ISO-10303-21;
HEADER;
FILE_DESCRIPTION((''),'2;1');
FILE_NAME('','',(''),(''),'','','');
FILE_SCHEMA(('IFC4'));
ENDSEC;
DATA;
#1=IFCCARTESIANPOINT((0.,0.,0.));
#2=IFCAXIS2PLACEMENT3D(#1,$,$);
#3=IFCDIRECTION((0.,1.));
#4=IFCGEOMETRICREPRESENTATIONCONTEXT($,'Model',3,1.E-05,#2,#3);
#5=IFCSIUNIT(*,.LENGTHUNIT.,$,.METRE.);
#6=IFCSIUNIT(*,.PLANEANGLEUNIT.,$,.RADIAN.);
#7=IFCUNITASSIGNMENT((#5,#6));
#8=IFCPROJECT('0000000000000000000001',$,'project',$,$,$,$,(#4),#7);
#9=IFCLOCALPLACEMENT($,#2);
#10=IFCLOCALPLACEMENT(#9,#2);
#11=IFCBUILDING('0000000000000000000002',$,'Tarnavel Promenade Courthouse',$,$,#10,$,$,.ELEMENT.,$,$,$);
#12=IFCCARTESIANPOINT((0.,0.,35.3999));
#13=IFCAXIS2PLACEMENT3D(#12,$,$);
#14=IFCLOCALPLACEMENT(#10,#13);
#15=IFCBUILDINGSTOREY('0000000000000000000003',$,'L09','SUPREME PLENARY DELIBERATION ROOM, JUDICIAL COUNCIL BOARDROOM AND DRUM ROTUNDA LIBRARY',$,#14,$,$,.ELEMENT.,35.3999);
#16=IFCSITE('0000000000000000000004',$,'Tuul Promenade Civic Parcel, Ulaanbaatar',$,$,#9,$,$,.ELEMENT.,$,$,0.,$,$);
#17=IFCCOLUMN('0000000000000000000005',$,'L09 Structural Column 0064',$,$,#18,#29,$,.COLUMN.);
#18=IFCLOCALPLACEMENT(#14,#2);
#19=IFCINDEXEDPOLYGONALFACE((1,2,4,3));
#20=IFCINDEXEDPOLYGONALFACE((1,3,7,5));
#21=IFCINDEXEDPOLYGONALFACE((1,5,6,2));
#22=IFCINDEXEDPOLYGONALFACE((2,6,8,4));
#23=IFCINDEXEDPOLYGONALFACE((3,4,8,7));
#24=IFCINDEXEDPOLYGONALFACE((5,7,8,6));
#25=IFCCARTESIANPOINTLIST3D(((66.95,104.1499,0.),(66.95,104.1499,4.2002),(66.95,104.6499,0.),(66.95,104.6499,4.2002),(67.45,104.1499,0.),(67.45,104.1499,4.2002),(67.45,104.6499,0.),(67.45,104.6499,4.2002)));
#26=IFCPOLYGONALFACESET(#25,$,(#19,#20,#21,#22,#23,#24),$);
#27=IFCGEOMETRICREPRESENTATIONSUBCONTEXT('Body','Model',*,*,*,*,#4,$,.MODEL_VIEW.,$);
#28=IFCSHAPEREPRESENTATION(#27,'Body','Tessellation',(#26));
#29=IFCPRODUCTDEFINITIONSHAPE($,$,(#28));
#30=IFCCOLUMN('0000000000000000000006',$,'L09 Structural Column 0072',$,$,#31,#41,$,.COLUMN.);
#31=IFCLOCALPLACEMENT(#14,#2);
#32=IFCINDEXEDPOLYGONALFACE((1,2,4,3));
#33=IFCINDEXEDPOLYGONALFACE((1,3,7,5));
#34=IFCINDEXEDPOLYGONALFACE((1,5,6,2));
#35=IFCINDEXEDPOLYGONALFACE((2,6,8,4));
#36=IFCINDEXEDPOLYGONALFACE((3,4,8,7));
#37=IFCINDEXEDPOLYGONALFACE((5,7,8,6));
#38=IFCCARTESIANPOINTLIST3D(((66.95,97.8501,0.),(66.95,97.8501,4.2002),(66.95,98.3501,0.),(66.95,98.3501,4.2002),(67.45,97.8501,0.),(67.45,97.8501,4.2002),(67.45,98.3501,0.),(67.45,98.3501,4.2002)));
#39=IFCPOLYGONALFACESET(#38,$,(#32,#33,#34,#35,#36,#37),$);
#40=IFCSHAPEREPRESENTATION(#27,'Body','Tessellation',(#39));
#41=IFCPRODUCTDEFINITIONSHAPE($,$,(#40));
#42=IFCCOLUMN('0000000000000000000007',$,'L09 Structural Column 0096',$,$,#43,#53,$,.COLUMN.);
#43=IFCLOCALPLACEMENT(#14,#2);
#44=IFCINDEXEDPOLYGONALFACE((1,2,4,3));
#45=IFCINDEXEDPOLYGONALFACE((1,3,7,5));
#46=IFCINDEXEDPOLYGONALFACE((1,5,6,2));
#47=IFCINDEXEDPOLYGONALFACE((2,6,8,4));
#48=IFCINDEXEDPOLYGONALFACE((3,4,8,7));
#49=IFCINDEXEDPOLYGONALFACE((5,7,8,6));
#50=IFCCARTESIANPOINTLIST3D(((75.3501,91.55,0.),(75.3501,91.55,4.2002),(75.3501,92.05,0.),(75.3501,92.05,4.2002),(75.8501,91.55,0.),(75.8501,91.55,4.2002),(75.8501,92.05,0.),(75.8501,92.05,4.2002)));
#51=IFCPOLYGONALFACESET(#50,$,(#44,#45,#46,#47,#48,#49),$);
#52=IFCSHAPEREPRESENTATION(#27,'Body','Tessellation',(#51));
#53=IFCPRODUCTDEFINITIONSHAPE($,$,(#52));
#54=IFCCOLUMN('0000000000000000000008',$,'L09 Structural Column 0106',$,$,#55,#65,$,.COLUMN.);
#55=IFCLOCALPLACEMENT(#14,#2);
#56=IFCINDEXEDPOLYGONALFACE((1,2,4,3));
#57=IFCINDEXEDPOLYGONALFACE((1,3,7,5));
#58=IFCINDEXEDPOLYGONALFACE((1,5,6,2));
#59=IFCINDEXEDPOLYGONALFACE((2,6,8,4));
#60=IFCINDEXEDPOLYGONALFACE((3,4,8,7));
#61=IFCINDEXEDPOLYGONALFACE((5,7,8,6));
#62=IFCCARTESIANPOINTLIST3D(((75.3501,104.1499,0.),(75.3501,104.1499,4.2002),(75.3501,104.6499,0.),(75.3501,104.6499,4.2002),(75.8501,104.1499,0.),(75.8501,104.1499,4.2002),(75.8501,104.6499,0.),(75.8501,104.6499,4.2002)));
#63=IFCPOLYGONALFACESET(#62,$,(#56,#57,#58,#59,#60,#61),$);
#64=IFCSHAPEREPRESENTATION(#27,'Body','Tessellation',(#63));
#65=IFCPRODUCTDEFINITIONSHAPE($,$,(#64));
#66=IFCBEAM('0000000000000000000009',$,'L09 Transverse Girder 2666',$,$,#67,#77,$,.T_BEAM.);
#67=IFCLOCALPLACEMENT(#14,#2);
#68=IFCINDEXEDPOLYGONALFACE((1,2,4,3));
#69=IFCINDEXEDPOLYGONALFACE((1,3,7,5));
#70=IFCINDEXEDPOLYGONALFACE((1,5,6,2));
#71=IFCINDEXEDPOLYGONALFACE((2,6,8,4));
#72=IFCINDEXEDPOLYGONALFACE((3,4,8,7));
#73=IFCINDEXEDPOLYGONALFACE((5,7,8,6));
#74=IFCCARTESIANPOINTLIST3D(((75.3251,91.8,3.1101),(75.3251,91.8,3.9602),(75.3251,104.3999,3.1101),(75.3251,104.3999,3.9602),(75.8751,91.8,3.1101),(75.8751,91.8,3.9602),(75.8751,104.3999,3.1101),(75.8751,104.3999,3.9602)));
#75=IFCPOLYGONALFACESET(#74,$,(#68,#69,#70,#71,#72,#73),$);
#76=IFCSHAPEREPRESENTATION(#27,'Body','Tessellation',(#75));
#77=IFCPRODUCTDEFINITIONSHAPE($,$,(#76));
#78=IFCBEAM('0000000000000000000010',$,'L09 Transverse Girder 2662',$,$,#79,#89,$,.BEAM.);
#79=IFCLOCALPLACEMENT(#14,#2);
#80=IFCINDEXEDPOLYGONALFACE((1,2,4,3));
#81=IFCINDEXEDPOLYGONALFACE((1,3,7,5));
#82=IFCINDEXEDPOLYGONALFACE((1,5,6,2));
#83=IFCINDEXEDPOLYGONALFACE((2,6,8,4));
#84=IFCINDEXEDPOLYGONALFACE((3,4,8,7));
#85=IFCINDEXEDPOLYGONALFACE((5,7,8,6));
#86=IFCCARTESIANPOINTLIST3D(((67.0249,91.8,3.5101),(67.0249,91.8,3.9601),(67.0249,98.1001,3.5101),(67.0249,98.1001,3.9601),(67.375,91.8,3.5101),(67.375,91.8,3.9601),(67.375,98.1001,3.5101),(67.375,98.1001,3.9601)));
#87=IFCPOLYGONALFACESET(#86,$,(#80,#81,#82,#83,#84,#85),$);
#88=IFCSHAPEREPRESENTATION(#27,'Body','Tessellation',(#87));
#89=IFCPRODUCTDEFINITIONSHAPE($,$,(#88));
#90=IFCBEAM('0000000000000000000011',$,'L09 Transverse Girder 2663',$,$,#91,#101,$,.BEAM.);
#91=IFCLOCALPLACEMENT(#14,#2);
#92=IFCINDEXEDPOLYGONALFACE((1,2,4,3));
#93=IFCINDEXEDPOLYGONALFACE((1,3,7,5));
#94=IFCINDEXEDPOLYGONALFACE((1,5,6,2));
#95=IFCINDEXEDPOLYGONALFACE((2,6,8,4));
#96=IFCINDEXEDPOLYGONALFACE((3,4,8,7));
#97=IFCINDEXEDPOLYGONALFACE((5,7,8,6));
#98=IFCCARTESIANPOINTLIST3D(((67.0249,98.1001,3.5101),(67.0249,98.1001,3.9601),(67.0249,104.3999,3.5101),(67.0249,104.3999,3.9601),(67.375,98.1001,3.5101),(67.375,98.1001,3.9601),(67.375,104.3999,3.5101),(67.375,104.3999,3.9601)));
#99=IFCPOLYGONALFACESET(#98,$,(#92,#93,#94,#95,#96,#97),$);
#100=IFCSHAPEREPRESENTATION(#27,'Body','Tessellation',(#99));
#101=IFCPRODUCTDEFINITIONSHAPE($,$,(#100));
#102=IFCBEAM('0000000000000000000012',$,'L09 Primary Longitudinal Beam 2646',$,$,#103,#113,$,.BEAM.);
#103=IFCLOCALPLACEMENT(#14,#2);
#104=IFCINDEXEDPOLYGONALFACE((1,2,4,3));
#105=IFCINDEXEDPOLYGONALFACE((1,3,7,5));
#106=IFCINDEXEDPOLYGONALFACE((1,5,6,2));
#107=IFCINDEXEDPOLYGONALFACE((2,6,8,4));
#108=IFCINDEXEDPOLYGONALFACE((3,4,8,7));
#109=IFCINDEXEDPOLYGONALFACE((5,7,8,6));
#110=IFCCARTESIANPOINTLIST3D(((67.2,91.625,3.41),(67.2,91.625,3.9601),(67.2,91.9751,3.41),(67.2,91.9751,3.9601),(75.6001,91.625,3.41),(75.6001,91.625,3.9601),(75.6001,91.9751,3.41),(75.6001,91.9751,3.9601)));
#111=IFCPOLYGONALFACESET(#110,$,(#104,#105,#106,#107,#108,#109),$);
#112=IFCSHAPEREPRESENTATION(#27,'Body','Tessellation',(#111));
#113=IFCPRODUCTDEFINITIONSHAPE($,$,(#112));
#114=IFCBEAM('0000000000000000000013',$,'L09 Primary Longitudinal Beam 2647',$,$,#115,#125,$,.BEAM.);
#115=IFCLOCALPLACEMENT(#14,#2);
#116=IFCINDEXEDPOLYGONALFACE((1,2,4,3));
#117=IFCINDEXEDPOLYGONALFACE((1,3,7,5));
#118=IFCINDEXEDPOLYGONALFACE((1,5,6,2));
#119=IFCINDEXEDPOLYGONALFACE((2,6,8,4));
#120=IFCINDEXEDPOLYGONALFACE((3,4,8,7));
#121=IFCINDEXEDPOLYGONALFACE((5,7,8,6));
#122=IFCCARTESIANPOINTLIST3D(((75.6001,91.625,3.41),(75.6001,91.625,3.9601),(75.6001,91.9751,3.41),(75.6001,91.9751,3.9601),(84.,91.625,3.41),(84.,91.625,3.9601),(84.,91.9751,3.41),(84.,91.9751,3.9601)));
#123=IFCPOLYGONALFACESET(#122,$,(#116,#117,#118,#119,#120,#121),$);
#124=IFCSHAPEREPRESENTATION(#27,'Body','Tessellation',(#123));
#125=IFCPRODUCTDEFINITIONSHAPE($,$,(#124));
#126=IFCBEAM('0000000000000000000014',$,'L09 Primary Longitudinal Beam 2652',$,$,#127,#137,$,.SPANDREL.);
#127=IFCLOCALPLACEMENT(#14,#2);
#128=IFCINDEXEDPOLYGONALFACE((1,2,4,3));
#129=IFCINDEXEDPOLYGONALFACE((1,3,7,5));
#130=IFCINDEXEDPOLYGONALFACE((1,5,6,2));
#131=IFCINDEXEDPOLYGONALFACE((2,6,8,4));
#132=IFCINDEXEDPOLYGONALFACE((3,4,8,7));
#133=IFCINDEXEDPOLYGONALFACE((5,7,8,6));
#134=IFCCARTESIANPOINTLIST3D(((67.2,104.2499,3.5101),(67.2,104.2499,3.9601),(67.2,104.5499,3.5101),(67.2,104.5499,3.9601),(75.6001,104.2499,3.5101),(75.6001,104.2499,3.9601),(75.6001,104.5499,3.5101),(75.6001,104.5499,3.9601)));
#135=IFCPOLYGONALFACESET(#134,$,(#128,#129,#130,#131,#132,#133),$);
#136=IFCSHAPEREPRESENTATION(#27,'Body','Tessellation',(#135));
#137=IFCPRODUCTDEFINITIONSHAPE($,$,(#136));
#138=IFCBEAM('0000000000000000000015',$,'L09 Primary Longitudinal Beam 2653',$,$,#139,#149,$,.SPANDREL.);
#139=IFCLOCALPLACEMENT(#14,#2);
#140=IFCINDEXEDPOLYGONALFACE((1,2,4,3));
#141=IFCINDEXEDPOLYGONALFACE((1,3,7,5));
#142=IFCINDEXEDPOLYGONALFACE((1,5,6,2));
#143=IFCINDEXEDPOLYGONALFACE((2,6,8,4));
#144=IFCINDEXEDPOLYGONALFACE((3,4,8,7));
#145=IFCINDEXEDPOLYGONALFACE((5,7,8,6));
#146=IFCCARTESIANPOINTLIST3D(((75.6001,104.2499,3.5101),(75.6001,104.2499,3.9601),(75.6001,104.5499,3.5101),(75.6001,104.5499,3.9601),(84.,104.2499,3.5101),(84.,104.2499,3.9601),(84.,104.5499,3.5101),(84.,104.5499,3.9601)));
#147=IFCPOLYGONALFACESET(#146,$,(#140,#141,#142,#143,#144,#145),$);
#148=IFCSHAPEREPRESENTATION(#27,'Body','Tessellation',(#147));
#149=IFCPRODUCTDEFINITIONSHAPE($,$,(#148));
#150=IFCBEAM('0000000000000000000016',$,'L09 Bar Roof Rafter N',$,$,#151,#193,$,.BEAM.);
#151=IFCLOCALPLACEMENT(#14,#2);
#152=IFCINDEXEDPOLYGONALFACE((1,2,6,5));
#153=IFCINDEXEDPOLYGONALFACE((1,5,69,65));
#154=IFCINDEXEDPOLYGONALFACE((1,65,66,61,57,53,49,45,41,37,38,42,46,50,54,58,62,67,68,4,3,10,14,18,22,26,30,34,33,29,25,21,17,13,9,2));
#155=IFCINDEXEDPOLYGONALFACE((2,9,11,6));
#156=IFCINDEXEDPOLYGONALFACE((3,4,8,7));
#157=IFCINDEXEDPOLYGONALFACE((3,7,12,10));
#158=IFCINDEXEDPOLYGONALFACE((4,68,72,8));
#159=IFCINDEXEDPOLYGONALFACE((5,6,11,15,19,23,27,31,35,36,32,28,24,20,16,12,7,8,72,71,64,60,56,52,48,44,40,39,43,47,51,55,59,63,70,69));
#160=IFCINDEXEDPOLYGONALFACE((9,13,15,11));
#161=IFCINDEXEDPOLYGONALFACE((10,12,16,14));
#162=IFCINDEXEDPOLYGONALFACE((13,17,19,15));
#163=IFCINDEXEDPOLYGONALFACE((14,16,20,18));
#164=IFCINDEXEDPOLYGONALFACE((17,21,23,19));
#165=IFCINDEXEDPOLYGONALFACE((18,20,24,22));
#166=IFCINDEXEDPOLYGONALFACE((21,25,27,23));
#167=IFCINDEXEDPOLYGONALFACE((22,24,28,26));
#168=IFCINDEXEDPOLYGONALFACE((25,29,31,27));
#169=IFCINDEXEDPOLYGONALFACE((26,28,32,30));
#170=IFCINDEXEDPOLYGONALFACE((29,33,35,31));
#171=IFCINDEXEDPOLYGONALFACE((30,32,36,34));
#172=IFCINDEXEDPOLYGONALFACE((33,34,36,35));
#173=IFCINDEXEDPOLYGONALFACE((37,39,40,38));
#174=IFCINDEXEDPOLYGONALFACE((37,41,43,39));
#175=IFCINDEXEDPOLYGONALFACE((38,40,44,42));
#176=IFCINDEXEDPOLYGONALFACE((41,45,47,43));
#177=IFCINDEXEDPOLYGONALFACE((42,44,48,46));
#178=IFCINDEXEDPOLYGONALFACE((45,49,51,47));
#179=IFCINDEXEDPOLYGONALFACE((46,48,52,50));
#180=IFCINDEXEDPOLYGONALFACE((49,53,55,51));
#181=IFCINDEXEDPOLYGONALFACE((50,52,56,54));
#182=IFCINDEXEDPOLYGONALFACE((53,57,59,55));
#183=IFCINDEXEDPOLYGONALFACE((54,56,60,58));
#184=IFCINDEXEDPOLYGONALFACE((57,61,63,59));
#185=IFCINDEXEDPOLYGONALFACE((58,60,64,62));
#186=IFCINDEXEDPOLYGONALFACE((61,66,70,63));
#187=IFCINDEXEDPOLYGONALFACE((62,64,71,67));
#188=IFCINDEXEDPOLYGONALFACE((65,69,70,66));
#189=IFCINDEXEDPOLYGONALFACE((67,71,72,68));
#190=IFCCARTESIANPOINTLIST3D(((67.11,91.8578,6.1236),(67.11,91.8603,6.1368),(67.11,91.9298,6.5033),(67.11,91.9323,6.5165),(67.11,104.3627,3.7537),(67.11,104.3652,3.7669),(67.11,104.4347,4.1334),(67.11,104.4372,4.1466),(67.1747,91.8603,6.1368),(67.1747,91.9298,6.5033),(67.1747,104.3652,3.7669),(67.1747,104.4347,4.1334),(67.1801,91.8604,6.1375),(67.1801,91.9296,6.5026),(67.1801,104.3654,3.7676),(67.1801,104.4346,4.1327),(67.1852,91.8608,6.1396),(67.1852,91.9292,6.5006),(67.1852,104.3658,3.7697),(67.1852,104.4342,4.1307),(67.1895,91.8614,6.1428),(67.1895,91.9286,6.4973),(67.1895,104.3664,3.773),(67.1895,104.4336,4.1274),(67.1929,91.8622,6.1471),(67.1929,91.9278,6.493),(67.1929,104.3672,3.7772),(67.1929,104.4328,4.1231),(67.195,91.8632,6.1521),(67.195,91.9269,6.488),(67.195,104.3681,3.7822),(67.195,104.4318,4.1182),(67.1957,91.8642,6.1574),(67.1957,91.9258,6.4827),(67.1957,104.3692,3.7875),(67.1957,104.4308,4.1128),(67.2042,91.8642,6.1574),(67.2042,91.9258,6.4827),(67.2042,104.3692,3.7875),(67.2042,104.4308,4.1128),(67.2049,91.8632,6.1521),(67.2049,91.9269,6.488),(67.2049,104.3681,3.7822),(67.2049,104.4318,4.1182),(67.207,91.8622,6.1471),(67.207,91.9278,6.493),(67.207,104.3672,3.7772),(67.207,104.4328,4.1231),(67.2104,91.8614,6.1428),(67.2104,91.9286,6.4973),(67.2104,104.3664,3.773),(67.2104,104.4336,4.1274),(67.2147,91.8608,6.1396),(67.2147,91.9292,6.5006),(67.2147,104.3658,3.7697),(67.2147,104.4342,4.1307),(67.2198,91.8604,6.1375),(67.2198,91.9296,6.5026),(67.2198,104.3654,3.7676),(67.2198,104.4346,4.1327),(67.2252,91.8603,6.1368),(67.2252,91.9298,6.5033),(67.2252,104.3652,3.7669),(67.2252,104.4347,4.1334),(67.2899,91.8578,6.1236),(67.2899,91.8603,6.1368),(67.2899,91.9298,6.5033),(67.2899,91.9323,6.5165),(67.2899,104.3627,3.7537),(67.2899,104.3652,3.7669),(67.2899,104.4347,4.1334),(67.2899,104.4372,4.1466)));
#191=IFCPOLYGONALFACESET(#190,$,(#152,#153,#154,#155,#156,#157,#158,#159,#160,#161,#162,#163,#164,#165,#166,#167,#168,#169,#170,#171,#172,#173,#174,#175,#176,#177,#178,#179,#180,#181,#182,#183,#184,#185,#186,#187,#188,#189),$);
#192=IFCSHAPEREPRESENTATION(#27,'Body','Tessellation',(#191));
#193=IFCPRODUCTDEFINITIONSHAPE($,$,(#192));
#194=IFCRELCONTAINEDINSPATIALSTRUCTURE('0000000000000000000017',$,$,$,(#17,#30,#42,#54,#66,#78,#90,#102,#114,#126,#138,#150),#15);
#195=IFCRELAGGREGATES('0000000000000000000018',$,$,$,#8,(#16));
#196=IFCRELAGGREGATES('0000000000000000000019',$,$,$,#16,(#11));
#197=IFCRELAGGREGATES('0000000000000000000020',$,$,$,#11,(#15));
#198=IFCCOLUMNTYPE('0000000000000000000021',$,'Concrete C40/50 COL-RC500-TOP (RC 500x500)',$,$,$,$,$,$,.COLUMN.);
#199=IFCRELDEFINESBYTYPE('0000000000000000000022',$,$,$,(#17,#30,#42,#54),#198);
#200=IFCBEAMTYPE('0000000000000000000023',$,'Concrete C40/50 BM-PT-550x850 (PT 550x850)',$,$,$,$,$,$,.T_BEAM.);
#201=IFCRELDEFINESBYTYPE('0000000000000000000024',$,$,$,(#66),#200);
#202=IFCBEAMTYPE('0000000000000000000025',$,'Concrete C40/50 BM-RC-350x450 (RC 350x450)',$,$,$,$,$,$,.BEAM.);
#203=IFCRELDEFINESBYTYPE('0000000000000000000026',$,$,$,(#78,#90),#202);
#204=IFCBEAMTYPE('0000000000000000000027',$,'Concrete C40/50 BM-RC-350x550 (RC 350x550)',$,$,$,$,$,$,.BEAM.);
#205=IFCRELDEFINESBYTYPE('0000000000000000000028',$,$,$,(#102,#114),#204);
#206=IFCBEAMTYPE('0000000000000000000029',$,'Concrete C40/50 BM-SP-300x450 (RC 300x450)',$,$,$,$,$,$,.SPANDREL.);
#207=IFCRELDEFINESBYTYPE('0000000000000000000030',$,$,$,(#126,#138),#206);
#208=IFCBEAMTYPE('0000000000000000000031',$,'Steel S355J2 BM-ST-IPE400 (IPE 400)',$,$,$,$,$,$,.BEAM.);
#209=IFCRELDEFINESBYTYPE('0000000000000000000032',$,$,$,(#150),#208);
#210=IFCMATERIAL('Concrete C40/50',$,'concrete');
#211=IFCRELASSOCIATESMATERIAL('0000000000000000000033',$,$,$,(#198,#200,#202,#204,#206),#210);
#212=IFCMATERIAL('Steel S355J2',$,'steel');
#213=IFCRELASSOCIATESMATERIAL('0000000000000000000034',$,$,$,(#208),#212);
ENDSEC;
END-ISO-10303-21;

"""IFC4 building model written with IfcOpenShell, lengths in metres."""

from ifc_helpers import new_model, si_unit, direction, frame, origin, origin_2d, place, context, subcontext, project, spatial, rectangle, i_section, extrude, material, material_profile, profile_set, type_object, element, save


model = new_model("IFC4")

# Units and contexts
model_context = context("Model", 3, precision=1e-05, world=origin(), true_north=direction((0.0, 1.0)))
body_context = subcontext(model_context, "Body", "Model", "MODEL_VIEW")
ifc_project = project(units=[si_unit("LENGTHUNIT", "METRE"), si_unit("PLANEANGLEUNIT", "RADIAN")], contexts=[model_context])

# Site, building, storey
site_placement = place(None, origin())
site = spatial("IfcSite", under=ifc_project, at=site_placement, Name="Tuul Promenade Civic Parcel, Ulaanbaatar", CompositionType="ELEMENT", RefElevation=0.0)
building_placement = place(site_placement, origin())
building = spatial("IfcBuilding", under=site, at=building_placement, Name="Tarnavel Promenade Courthouse", CompositionType="ELEMENT")
storey_placement = place(building_placement, frame((0.0, 0.0, 35.3999)))
storey = spatial("IfcBuildingStorey", under=building, at=storey_placement, Name="L09", Description="SUPREME PLENARY DELIBERATION ROOM, JUDICIAL COUNCIL BOARDROOM AND DRUM ROTUNDA LIBRARY", CompositionType="ELEMENT", Elevation=35.3999)

# Columns
ifc_material_1 = material(Name="Concrete C40/50", Category="concrete")
ifc_material_profile_1 = material_profile(ifc_material_1, rectangle(XDim=0.5, YDim=0.5, at=origin_2d()), Name="RC 500x500")
ifc_profile_set_1 = profile_set([ifc_material_profile_1], Name="Concrete C40/50")
column_type = type_object("IfcColumnType", Name="Concrete C40/50 COL-RC500-TOP (RC 500x500)", PredefinedType="COLUMN", material=ifc_profile_set_1)
for number, where, z_axis, x_axis, name in (
    (1, (67.2, 104.3999, 0.0), (0.0, 0.0, 1.0), (1.0, 0.0, 0.0), "L09 Structural Column 0064"),
    (2, (67.2, 98.1001, 0.0), (0.0, 0.0, 1.0), (1.0, 0.0, 0.0), "L09 Structural Column 0072"),
    (3, (75.6001, 91.8, 0.0), (0.0, 0.0, 1.0), (1.0, 0.0, 0.0), "L09 Structural Column 0096"),
    (4, (75.6001, 104.3999, 0.0), (0.0, 0.0, 1.0), (1.0, 0.0, 0.0), "L09 Structural Column 0106"),
):
    element("IfcColumn", number, at=place(storey_placement, frame(where, z_axis=z_axis, x_axis=x_axis)), inside=storey, type_object=column_type, Name=name, PredefinedType="COLUMN", context=body_context, shape_type="SweptSolid", body=[
        extrude(rectangle(XDim=0.5, YDim=0.5, at=origin_2d()), origin(), (0.0, 0.0, 1.0), 4.2002),
    ])

# Beams
ifc_material_profile_2 = material_profile(ifc_material_1, rectangle(XDim=0.55, YDim=0.8501, at=origin_2d()), Name="PT 550x850")
ifc_profile_set_2 = profile_set([ifc_material_profile_2], Name="Concrete C40/50")
beam_type_1 = type_object("IfcBeamType", Name="Concrete C40/50 BM-PT-550x850 (PT 550x850)", PredefinedType="T_BEAM", material=ifc_profile_set_2)
beam_1_placement = place(storey_placement, frame((75.6001, 91.8, 3.5352), z_axis=(0.0, 1.0, 0.0), x_axis=(-1.0, 0.0, 0.0)))
element("IfcBeam", 5, at=beam_1_placement, inside=storey, type_object=beam_type_1, Name="L09 Transverse Girder 2666", PredefinedType="T_BEAM", context=body_context, shape_type="SweptSolid", body=[
    extrude(rectangle(XDim=0.55, YDim=0.8501, at=origin_2d()), origin(), (0.0, 0.0, 1.0), 12.5999),
])
ifc_material_profile_3 = material_profile(ifc_material_1, rectangle(XDim=0.3501, YDim=0.45, at=origin_2d()), Name="RC 350x450")
ifc_profile_set_3 = profile_set([ifc_material_profile_3], Name="Concrete C40/50")
beam_type_2 = type_object("IfcBeamType", Name="Concrete C40/50 BM-RC-350x450 (RC 350x450)", PredefinedType="BEAM", material=ifc_profile_set_3)
beam_2_placement = place(storey_placement, frame((67.2, 91.8, 3.7351), z_axis=(0.0, 1.0, 0.0), x_axis=(-1.0, 0.0, 0.0)))
element("IfcBeam", 6, at=beam_2_placement, inside=storey, type_object=beam_type_2, Name="L09 Transverse Girder 2662", PredefinedType="BEAM", context=body_context, shape_type="SweptSolid", body=[
    extrude(rectangle(XDim=0.3501, YDim=0.45, at=origin_2d()), origin(), (0.0, 0.0, 1.0), 6.3),
])
beam_3_placement = place(storey_placement, frame((67.2, 98.1001, 3.7351), z_axis=(0.0, 1.0, 0.0), x_axis=(-1.0, 0.0, 0.0)))
element("IfcBeam", 7, at=beam_3_placement, inside=storey, type_object=beam_type_2, Name="L09 Transverse Girder 2663", PredefinedType="BEAM", context=body_context, shape_type="SweptSolid", body=[
    extrude(rectangle(XDim=0.3501, YDim=0.45, at=origin_2d()), origin(), (0.0, 0.0, 1.0), 6.2998),
])
ifc_material_profile_4 = material_profile(ifc_material_1, rectangle(XDim=0.3501, YDim=0.55, at=origin_2d()), Name="RC 350x550")
ifc_profile_set_4 = profile_set([ifc_material_profile_4], Name="Concrete C40/50")
beam_type_3 = type_object("IfcBeamType", Name="Concrete C40/50 BM-RC-350x550 (RC 350x550)", PredefinedType="BEAM", material=ifc_profile_set_4)
beam_4_placement = place(storey_placement, frame((67.2, 91.8, 3.6851), z_axis=(1.0, 0.0, 0.0), x_axis=(0.0, 1.0, 0.0)))
element("IfcBeam", 8, at=beam_4_placement, inside=storey, type_object=beam_type_3, Name="L09 Primary Longitudinal Beam 2646", PredefinedType="BEAM", context=body_context, shape_type="SweptSolid", body=[
    extrude(rectangle(XDim=0.3501, YDim=0.55, at=origin_2d()), origin(), (0.0, 0.0, 1.0), 8.4001),
])
beam_5_placement = place(storey_placement, frame((75.6001, 91.8, 3.6851), z_axis=(1.0, 0.0, 0.0), x_axis=(0.0, 1.0, 0.0)))
element("IfcBeam", 9, at=beam_5_placement, inside=storey, type_object=beam_type_3, Name="L09 Primary Longitudinal Beam 2647", PredefinedType="BEAM", context=body_context, shape_type="SweptSolid", body=[
    extrude(rectangle(XDim=0.3501, YDim=0.55, at=origin_2d()), origin(), (0.0, 0.0, 1.0), 8.3999),
])
ifc_material_profile_5 = material_profile(ifc_material_1, rectangle(XDim=0.3, YDim=0.45, at=origin_2d()), Name="RC 300x450")
ifc_profile_set_5 = profile_set([ifc_material_profile_5], Name="Concrete C40/50")
beam_type_4 = type_object("IfcBeamType", Name="Concrete C40/50 BM-SP-300x450 (RC 300x450)", PredefinedType="SPANDREL", material=ifc_profile_set_5)
beam_6_placement = place(storey_placement, frame((67.2, 104.3999, 3.7351), z_axis=(1.0, 0.0, 0.0), x_axis=(0.0, 1.0, 0.0)))
element("IfcBeam", 10, at=beam_6_placement, inside=storey, type_object=beam_type_4, Name="L09 Primary Longitudinal Beam 2652", PredefinedType="SPANDREL", context=body_context, shape_type="SweptSolid", body=[
    extrude(rectangle(XDim=0.3, YDim=0.45, at=origin_2d()), origin(), (0.0, 0.0, 1.0), 8.4001),
])
beam_7_placement = place(storey_placement, frame((75.6001, 104.3999, 3.7351), z_axis=(1.0, 0.0, 0.0), x_axis=(0.0, 1.0, 0.0)))
element("IfcBeam", 11, at=beam_7_placement, inside=storey, type_object=beam_type_4, Name="L09 Primary Longitudinal Beam 2653", PredefinedType="SPANDREL", context=body_context, shape_type="SweptSolid", body=[
    extrude(rectangle(XDim=0.3, YDim=0.45, at=origin_2d()), origin(), (0.0, 0.0, 1.0), 8.3999),
])
ifc_material_2 = material(Name="Steel S355J2", Category="steel")
ifc_material_profile_6 = material_profile(ifc_material_2, i_section(OverallWidth=0.1799, OverallDepth=0.3999, WebThickness=0.0085, FlangeThickness=0.0134, FilletRadius=0.021, at=origin_2d()), Name="IPE 400")
ifc_profile_set_6 = profile_set([ifc_material_profile_6], Name="Steel S355J2")
beam_type_5 = type_object("IfcBeamType", Name="Steel S355J2 BM-ST-IPE400 (IPE 400)", PredefinedType="BEAM", material=ifc_profile_set_6)
for number, where, z_axis, x_axis, name in (
    (12, (67.2, 91.895, 6.3201), (0.0, 0.982512, -0.186201), (-1.0, 0.0, 0.0), "L09 Bar Roof Rafter N"),
):
    element("IfcBeam", number, at=place(storey_placement, frame(where, z_axis=z_axis, x_axis=x_axis)), inside=storey, type_object=beam_type_5, Name=name, PredefinedType="BEAM", context=body_context, shape_type="SweptSolid", body=[
        extrude(i_section(OverallWidth=0.1799, OverallDepth=0.3999, WebThickness=0.0085, FlangeThickness=0.0134, FilletRadius=0.021, at=origin_2d()), origin(), (0.0, 0.0, 1.0), 12.7275),
    ])

save(model, "model.ifc")
